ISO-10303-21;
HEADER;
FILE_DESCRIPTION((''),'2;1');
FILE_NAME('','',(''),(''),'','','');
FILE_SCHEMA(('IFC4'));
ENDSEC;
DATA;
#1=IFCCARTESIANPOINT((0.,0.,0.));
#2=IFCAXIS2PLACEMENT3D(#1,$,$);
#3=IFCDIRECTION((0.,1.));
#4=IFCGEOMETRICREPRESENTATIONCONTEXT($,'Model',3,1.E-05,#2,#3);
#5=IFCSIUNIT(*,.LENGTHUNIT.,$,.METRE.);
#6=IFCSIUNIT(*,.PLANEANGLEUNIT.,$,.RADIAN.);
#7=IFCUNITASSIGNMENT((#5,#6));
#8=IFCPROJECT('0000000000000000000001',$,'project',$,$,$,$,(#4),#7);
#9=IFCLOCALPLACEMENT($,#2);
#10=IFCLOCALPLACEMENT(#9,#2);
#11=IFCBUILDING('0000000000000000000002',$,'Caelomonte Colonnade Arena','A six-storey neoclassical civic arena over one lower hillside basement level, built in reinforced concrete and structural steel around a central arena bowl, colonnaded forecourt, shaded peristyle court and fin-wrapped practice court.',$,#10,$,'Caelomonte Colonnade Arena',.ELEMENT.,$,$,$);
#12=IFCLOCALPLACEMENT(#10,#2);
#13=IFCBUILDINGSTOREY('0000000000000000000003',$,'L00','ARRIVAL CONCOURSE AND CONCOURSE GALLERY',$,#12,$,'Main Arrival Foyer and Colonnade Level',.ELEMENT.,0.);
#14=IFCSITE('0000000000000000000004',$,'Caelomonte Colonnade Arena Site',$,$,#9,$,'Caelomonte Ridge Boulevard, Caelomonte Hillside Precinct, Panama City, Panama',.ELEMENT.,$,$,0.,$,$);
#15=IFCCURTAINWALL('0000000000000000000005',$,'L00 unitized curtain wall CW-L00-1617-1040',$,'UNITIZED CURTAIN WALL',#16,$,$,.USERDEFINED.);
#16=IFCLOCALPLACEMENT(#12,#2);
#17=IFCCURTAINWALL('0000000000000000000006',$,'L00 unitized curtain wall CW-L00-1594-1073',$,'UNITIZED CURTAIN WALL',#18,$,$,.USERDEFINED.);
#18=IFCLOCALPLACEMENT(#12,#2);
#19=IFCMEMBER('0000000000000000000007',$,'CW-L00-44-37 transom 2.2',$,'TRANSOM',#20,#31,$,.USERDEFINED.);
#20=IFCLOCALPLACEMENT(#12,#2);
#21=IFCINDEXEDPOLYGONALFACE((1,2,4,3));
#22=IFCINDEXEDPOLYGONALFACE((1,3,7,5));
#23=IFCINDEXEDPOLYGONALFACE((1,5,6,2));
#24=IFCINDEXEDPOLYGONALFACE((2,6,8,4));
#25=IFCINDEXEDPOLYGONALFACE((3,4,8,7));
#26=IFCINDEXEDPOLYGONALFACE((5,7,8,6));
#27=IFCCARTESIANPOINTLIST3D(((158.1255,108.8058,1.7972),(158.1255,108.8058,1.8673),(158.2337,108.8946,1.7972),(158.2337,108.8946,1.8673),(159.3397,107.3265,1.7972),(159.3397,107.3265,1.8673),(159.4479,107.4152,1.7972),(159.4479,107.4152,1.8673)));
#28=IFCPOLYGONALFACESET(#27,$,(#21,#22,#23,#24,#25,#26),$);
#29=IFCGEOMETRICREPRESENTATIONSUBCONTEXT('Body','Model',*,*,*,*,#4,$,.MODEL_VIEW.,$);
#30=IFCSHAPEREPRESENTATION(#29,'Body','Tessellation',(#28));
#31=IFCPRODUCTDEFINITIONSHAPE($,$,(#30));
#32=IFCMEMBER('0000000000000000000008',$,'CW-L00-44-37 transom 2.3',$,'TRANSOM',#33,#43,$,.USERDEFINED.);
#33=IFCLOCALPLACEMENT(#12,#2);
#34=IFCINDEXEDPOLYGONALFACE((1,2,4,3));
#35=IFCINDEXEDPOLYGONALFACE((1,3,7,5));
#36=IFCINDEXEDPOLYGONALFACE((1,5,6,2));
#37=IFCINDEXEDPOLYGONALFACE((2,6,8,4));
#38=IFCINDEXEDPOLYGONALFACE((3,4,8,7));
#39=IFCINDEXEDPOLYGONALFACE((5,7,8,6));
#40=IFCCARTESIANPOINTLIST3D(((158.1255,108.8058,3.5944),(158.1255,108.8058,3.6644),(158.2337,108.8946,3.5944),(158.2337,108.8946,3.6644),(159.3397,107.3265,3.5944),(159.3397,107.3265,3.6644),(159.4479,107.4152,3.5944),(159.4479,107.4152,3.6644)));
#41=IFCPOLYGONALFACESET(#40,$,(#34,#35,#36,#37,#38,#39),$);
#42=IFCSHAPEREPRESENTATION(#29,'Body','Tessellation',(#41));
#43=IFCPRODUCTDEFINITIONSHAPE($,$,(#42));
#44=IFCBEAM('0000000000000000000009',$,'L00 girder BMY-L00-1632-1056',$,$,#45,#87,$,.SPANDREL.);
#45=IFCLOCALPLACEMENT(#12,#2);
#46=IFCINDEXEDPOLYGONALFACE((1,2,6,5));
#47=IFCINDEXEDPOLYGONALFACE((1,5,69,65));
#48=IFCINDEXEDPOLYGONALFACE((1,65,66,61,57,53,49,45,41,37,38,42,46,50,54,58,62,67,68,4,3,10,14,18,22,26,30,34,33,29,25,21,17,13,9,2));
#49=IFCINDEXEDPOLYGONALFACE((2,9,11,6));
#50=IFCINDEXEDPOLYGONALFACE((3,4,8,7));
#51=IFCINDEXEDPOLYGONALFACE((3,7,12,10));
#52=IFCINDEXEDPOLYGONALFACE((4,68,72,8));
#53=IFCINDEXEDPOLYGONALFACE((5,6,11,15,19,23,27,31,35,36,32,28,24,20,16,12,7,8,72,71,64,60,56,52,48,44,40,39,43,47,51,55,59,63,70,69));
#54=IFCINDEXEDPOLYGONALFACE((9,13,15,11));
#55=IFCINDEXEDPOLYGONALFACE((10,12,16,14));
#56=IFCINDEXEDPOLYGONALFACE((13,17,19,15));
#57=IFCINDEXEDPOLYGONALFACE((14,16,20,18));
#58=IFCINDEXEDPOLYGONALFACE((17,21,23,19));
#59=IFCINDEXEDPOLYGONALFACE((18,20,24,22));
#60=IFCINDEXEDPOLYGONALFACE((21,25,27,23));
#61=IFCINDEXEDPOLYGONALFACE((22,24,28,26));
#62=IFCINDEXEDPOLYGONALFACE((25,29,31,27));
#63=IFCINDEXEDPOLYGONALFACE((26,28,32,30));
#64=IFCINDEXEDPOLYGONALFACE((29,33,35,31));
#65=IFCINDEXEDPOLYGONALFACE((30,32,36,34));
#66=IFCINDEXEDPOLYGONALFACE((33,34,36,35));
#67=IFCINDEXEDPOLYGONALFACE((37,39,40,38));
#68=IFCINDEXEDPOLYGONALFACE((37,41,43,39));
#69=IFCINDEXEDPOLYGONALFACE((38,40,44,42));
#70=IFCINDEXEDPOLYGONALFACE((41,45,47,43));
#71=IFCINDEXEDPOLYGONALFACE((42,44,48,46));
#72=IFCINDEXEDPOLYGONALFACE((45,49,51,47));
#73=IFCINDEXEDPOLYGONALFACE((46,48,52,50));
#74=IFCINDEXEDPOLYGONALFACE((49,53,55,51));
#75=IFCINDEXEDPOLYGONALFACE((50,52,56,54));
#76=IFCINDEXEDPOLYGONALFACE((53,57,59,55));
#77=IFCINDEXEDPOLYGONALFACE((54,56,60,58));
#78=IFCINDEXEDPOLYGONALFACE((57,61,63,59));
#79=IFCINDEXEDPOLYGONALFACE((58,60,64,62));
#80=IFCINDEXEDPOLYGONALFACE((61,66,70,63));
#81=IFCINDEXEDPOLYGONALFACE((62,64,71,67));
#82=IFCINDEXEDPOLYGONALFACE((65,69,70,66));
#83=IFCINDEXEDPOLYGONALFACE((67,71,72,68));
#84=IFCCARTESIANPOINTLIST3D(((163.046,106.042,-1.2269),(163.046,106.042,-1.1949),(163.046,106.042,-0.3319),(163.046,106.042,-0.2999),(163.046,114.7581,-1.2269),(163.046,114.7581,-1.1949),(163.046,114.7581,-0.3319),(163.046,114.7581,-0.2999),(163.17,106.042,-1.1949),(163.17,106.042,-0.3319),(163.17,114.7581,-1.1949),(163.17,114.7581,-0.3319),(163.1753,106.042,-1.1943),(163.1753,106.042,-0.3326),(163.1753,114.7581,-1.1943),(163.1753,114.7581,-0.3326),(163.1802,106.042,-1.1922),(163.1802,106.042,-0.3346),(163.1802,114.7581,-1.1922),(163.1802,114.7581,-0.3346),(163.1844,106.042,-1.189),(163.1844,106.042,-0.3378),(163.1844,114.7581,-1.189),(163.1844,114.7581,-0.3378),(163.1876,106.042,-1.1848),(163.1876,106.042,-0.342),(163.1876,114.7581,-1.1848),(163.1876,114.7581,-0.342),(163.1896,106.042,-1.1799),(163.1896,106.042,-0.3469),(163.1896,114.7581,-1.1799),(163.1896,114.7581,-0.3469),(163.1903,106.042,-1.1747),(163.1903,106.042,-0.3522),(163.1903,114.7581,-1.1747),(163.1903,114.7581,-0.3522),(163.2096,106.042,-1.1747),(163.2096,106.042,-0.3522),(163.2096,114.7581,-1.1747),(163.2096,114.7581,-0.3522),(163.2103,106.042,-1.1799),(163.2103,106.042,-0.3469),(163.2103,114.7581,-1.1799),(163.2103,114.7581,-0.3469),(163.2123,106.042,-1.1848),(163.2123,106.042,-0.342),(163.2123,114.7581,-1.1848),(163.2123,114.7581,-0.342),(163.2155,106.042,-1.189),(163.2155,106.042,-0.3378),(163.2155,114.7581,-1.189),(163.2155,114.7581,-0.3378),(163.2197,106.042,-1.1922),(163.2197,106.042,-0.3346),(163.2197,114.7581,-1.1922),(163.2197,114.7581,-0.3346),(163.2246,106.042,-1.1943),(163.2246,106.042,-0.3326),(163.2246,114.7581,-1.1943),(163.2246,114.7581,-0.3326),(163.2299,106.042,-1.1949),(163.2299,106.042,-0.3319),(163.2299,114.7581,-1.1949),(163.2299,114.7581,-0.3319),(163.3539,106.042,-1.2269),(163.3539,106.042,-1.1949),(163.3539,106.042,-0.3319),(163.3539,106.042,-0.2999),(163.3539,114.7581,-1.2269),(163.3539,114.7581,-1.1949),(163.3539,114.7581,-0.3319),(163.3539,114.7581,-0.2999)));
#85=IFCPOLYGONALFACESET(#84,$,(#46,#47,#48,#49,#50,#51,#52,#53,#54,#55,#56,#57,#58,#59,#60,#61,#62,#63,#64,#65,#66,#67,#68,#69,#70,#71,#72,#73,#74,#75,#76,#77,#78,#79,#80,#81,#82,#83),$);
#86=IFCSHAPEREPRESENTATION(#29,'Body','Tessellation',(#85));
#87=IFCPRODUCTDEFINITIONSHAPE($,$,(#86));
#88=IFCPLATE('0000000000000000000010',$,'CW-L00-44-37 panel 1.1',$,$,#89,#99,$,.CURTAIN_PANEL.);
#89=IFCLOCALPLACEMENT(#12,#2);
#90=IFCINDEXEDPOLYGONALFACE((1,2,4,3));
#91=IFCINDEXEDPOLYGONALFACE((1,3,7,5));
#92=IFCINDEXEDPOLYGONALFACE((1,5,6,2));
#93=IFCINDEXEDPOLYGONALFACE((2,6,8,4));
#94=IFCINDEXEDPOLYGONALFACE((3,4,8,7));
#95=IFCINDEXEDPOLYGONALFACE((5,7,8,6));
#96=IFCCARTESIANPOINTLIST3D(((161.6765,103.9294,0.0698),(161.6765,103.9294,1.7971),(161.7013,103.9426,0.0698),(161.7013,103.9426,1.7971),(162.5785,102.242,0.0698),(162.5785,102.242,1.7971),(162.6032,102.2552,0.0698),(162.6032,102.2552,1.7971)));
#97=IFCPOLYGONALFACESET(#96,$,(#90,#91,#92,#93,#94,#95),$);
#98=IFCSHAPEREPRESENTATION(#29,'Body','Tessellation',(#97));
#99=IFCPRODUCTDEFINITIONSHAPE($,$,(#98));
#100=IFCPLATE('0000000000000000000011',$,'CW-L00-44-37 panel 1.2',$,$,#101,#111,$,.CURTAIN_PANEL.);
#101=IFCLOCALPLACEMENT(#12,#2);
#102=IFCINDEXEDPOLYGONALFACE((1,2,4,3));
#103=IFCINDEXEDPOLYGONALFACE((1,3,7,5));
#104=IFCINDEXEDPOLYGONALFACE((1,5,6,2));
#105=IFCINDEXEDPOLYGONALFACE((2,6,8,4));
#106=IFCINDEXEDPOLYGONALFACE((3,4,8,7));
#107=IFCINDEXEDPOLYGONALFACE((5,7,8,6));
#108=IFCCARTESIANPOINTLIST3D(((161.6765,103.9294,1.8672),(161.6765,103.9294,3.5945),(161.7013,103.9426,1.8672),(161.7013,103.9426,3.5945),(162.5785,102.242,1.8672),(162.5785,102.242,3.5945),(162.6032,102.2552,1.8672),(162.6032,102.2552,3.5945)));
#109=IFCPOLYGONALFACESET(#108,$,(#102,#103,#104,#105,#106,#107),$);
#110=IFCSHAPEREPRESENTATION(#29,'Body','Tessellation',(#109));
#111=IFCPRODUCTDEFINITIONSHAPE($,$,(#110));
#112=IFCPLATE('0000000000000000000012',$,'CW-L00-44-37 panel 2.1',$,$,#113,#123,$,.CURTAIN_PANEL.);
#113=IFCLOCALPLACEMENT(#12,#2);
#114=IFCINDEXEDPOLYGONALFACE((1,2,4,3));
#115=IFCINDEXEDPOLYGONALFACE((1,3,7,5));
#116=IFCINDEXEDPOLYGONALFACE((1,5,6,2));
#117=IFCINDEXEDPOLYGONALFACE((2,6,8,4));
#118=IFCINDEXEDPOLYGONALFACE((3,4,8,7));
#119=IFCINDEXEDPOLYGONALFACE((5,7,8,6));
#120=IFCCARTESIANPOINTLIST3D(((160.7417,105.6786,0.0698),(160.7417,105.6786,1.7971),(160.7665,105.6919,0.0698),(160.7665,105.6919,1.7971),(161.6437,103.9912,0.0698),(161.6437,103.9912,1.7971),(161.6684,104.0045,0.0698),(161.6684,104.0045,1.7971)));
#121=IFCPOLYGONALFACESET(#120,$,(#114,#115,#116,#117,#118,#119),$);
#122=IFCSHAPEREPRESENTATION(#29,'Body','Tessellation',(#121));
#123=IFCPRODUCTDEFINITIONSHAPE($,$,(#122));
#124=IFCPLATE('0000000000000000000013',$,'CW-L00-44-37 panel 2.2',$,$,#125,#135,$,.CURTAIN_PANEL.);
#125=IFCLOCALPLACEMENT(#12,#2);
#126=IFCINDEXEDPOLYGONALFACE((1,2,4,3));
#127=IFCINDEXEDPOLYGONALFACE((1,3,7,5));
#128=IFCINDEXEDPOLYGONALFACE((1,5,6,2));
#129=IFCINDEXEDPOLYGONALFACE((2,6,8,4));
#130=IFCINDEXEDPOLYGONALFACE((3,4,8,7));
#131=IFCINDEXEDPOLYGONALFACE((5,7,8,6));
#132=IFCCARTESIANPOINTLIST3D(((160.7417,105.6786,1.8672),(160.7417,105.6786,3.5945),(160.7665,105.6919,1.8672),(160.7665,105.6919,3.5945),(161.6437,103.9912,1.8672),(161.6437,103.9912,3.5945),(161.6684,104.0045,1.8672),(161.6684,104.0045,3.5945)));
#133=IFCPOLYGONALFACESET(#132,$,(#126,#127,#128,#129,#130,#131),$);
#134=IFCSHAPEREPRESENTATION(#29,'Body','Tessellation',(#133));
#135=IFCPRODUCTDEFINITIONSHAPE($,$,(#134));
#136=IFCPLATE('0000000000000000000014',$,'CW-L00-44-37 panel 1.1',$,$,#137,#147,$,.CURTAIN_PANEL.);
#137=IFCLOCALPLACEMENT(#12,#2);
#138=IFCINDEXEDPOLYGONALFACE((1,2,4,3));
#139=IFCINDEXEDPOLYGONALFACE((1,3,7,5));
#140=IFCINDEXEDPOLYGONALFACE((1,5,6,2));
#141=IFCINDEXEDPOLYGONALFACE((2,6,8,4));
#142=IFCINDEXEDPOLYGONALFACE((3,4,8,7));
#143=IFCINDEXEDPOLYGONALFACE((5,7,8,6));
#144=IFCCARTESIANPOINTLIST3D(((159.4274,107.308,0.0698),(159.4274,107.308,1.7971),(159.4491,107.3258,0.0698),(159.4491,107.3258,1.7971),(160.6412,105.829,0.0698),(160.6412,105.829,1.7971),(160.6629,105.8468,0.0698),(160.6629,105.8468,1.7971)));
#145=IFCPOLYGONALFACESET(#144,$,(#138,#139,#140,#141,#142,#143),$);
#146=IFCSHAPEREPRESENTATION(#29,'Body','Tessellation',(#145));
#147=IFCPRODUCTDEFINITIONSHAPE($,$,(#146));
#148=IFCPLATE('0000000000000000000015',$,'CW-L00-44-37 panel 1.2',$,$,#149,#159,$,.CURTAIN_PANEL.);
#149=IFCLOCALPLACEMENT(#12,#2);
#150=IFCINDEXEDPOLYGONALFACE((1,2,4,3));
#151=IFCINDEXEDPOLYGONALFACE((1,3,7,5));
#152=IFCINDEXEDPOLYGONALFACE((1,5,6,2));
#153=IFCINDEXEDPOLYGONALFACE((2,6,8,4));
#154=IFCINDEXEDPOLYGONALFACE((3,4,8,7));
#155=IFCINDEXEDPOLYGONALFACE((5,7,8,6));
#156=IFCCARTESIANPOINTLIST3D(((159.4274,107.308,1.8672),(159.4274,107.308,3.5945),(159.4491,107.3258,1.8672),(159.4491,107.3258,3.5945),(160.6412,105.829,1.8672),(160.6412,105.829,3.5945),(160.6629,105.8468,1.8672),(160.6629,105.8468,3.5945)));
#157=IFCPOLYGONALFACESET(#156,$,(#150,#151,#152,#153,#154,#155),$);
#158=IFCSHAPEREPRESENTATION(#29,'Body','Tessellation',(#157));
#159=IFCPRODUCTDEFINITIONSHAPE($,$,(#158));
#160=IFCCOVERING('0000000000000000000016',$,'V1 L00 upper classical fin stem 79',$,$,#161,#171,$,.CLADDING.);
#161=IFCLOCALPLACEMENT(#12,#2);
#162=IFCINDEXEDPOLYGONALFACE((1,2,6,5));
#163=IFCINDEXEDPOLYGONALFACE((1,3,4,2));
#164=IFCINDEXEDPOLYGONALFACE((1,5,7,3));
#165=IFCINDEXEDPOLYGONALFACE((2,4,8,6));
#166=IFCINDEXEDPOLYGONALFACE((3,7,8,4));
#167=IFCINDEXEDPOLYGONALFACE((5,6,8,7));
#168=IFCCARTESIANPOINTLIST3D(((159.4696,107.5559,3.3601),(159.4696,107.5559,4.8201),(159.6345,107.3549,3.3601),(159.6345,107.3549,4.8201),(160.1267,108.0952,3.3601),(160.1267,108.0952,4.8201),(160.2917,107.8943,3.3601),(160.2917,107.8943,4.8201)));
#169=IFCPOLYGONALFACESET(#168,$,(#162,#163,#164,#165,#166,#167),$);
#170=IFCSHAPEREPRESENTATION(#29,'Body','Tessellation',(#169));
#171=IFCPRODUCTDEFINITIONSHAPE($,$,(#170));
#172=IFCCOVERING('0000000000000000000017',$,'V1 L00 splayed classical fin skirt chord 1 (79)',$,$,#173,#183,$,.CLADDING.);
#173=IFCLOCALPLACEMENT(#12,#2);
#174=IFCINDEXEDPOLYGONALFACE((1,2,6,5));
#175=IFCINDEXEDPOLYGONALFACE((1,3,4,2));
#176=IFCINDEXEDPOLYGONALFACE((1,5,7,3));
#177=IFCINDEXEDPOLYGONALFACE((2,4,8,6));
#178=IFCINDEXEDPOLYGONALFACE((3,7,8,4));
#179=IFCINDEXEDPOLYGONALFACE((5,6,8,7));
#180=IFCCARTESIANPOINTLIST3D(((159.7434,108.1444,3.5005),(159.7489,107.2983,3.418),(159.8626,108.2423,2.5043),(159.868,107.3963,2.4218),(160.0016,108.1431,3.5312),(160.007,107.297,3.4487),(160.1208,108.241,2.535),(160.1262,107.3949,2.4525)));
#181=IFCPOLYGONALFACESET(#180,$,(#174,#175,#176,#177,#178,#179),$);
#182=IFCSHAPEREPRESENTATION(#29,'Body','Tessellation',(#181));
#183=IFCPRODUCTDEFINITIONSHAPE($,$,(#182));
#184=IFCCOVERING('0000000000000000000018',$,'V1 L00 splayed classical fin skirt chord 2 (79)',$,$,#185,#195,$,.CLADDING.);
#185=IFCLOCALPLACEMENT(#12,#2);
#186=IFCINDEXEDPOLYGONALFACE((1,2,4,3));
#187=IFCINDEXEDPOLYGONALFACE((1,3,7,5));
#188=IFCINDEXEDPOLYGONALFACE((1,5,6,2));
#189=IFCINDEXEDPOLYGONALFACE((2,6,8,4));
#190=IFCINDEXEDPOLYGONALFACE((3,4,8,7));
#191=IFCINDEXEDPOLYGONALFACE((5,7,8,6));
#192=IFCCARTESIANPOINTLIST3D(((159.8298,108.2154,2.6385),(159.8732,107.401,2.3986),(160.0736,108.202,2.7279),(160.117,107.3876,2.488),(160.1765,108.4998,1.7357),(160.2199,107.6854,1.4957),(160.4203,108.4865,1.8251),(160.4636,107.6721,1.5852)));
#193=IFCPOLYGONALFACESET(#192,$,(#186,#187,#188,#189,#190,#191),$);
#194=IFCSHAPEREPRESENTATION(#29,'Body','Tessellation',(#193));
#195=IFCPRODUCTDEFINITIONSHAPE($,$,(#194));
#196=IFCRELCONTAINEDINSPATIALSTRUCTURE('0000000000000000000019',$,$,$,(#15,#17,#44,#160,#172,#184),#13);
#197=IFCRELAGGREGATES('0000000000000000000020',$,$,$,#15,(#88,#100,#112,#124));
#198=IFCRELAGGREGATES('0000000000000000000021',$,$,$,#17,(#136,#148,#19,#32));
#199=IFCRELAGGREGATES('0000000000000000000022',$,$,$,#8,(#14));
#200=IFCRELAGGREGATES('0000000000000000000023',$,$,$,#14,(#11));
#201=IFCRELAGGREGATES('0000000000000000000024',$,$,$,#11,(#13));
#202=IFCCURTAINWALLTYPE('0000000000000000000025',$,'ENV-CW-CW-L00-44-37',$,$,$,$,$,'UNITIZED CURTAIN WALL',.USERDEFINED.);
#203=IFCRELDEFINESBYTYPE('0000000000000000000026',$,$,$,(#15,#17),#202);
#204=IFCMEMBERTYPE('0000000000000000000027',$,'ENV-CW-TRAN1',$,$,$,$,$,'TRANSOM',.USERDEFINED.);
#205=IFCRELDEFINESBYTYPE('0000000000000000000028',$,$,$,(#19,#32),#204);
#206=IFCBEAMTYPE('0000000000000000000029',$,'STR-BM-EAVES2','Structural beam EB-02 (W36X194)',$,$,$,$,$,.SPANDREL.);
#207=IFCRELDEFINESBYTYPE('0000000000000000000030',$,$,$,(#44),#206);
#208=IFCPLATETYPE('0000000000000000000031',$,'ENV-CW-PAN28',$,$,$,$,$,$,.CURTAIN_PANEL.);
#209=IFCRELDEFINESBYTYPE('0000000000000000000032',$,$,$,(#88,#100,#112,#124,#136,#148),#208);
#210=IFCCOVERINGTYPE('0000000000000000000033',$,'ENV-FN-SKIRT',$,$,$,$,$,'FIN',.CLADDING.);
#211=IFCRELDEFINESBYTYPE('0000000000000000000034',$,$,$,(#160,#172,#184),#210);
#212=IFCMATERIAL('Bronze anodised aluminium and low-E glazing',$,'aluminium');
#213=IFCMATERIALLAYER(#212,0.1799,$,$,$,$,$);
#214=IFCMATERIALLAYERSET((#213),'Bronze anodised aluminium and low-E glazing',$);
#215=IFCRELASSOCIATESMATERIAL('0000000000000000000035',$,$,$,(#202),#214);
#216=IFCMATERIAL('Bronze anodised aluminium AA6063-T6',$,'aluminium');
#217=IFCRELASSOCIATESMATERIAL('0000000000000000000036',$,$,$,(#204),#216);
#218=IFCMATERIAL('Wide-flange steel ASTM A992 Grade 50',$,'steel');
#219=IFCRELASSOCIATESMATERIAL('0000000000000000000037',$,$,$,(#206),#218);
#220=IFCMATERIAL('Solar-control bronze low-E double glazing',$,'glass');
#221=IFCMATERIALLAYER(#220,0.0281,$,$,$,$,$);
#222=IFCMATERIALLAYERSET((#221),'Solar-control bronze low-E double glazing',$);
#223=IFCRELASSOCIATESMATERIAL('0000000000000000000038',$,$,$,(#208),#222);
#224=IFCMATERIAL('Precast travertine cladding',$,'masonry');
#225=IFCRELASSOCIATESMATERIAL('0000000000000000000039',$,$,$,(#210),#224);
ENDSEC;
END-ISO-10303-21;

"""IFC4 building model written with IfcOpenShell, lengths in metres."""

from ifc_helpers import new_model, si_unit, direction, frame, origin, origin_2d, place, context, subcontext, project, spatial, rectangle, i_section, extrude, material, layer, layer_set, material_profile, profile_set, type_object, element, aggregate, save


model = new_model("IFC4")

# Units and contexts
model_context = context("Model", 3, precision=1e-05, world=origin(), true_north=direction((0.0, 1.0)))
body_context = subcontext(model_context, "Body", "Model", "MODEL_VIEW")
ifc_project = project(units=[si_unit("LENGTHUNIT", "METRE"), si_unit("PLANEANGLEUNIT", "RADIAN")], contexts=[model_context])

# Site, building, storey
site_placement = place(None, origin())
site = spatial("IfcSite", under=ifc_project, at=site_placement, Name="Caelomonte Colonnade Arena Site", LongName="Caelomonte Ridge Boulevard, Caelomonte Hillside Precinct, Panama City, Panama", CompositionType="ELEMENT", RefElevation=0.0)
building_placement = place(site_placement, origin())
building = spatial("IfcBuilding", under=site, at=building_placement, Name="Caelomonte Colonnade Arena", Description="A six-storey neoclassical civic arena over one lower hillside basement level, built in reinforced concrete and structural steel around a central arena bowl, colonnaded forecourt, shaded peristyle court and fin-wrapped practice court.", LongName="Caelomonte Colonnade Arena", CompositionType="ELEMENT")
storey_placement = place(building_placement, origin())
storey = spatial("IfcBuildingStorey", under=building, at=storey_placement, Name="L00", Description="ARRIVAL CONCOURSE AND CONCOURSE GALLERY", LongName="Main Arrival Foyer and Colonnade Level", CompositionType="ELEMENT", Elevation=0.0)

# Curtain walls
ifc_material_1 = material(Name="Bronze anodised aluminium and low-E glazing", Category="aluminium")
ifc_layer_1 = layer(ifc_material_1, 0.1799)
ifc_layer_set_1 = layer_set([ifc_layer_1], Name="Bronze anodised aluminium and low-E glazing")
curtain_wall_type_1 = type_object("IfcCurtainWallType", Name="ENV-CW-CW-L00-44-37", ElementType="UNITIZED CURTAIN WALL", PredefinedType="USERDEFINED", material=ifc_layer_set_1)
curtain_wall_1_placement = place(storey_placement, origin())
curtain_wall_1 = element("IfcCurtainWall", 1, at=curtain_wall_1_placement, inside=storey, type_object=curtain_wall_type_1, Name="L00 unitized curtain wall CW-L00-1617-1040", ObjectType="UNITIZED CURTAIN WALL", PredefinedType="USERDEFINED")
ifc_material_2 = material(Name="Bronze anodised aluminium AA6063-T6", Category="aluminium")
curtain_wall_2_placement = place(storey_placement, origin())
curtain_wall_2 = element("IfcCurtainWall", 2, at=curtain_wall_2_placement, inside=storey, type_object=curtain_wall_type_1, Name="L00 unitized curtain wall CW-L00-1594-1073", ObjectType="UNITIZED CURTAIN WALL", PredefinedType="USERDEFINED")
ifc_material_profile_1 = material_profile(ifc_material_2, rectangle(XDim=0.0701, YDim=0.1399, at=origin_2d()), Name="CWT-70X140")
ifc_profile_set_1 = profile_set([ifc_material_profile_1], Name="Bronze anodised aluminium AA6063-T6")
member_type_1 = type_object("IfcMemberType", Name="ENV-CW-TRAN1", ElementType="TRANSOM", PredefinedType="USERDEFINED", material=ifc_profile_set_1)

# Members
member_1_placement = place(storey_placement, frame((159.3938, 107.3708, 1.8323), z_axis=(-0.634432, 0.772979, 0.0), x_axis=(0.0, 0.0, 1.0)))
member_1 = element("IfcMember", 3, at=member_1_placement, type_object=member_type_1, Name="CW-L00-44-37 transom 2.2", ObjectType="TRANSOM", PredefinedType="USERDEFINED", context=body_context, shape_type="SweptSolid", body=[
    extrude(rectangle(XDim=0.0701, YDim=0.1399, at=origin_2d()), origin(), (0.0, 0.0, 1.0), 1.9138),
])
member_2_placement = place(storey_placement, frame((159.3938, 107.3708, 3.6294), z_axis=(-0.634432, 0.772979, 0.0), x_axis=(0.0, 0.0, 1.0)))
member_2 = element("IfcMember", 4, at=member_2_placement, type_object=member_type_1, Name="CW-L00-44-37 transom 2.3", ObjectType="TRANSOM", PredefinedType="USERDEFINED", context=body_context, shape_type="SweptSolid", body=[
    extrude(rectangle(XDim=0.0701, YDim=0.1399, at=origin_2d()), origin(), (0.0, 0.0, 1.0), 1.9138),
])

# Beam
ifc_material_3 = material(Name="Wide-flange steel ASTM A992 Grade 50", Category="steel")
ifc_material_profile_2 = material_profile(ifc_material_3, i_section(OverallWidth=0.3079, OverallDepth=0.927, WebThickness=0.0193, FlangeThickness=0.032, FilletRadius=0.0203, at=origin_2d()), Name="W36X194")
ifc_profile_set_2 = profile_set([ifc_material_profile_2], Name="Wide-flange steel ASTM A992 Grade 50")
beam_type = type_object("IfcBeamType", Name="STR-BM-EAVES2", Description="Structural beam EB-02 (W36X194)", PredefinedType="SPANDREL", material=ifc_profile_set_2)
beam_placement = place(storey_placement, frame((163.2, 106.042, -0.7634), z_axis=(0.0, 1.0, 0.0), x_axis=(-1.0, 0.0, 0.0)))
element("IfcBeam", 5, at=beam_placement, inside=storey, type_object=beam_type, Name="L00 girder BMY-L00-1632-1056", PredefinedType="SPANDREL", context=body_context, shape_type="SweptSolid", body=[
    extrude(i_section(OverallWidth=0.3079, OverallDepth=0.927, WebThickness=0.0193, FlangeThickness=0.032, FilletRadius=0.0203, at=origin_2d()), origin(), (0.0, 0.0, 1.0), 8.7161),
])

# Plates
ifc_material_4 = material(Name="Solar-control bronze low-E double glazing", Category="glass")
ifc_layer_2 = layer(ifc_material_4, 0.0281)
ifc_layer_set_2 = layer_set([ifc_layer_2], Name="Solar-control bronze low-E double glazing")
plate_type = type_object("IfcPlateType", Name="ENV-CW-PAN28", PredefinedType="CURTAIN_PANEL", material=ifc_layer_set_2)
plate_1_placement = place(storey_placement, frame((162.1399, 103.0923, 0.0698), z_axis=(0.0, 0.0, 1.0), x_axis=(-0.471394, 0.881923, 0.0)))
plate_1 = element("IfcPlate", 6, at=plate_1_placement, type_object=plate_type, Name="CW-L00-44-37 panel 1.1", PredefinedType="CURTAIN_PANEL", context=body_context, shape_type="SweptSolid", body=[
    extrude(rectangle(XDim=1.9133, YDim=0.0281, at=origin_2d()), origin(), (0.0, 0.0, 1.0), 1.7273),
])
plate_2_placement = place(storey_placement, frame((162.1399, 103.0923, 1.8672), z_axis=(0.0, 0.0, 1.0), x_axis=(-0.471394, 0.881923, 0.0)))
plate_2 = element("IfcPlate", 7, at=plate_2_placement, type_object=plate_type, Name="CW-L00-44-37 panel 1.2", PredefinedType="CURTAIN_PANEL", context=body_context, shape_type="SweptSolid", body=[
    extrude(rectangle(XDim=1.9133, YDim=0.0281, at=origin_2d()), origin(), (0.0, 0.0, 1.0), 1.7273),
])
plate_3_placement = place(storey_placement, frame((161.2051, 104.8416, 0.0698), z_axis=(0.0, 0.0, 1.0), x_axis=(-0.471394, 0.881923, 0.0)))
plate_3 = element("IfcPlate", 8, at=plate_3_placement, type_object=plate_type, Name="CW-L00-44-37 panel 2.1", PredefinedType="CURTAIN_PANEL", context=body_context, shape_type="SweptSolid", body=[
    extrude(rectangle(XDim=1.9133, YDim=0.0281, at=origin_2d()), origin(), (0.0, 0.0, 1.0), 1.7273),
])
plate_4_placement = place(storey_placement, frame((161.2051, 104.8416, 1.8672), z_axis=(0.0, 0.0, 1.0), x_axis=(-0.471394, 0.881923, 0.0)))
plate_4 = element("IfcPlate", 9, at=plate_4_placement, type_object=plate_type, Name="CW-L00-44-37 panel 2.2", PredefinedType="CURTAIN_PANEL", context=body_context, shape_type="SweptSolid", body=[
    extrude(rectangle(XDim=1.9133, YDim=0.0281, at=origin_2d()), origin(), (0.0, 0.0, 1.0), 1.7273),
])
aggregate(curtain_wall_1, [plate_1, plate_2, plate_3, plate_4])
plate_5_placement = place(storey_placement, frame((160.0452, 106.5774, 0.0698), z_axis=(0.0, 0.0, 1.0), x_axis=(-0.634416, 0.772992, 0.0)))
plate_5 = element("IfcPlate", 10, at=plate_5_placement, type_object=plate_type, Name="CW-L00-44-37 panel 1.1", PredefinedType="CURTAIN_PANEL", context=body_context, shape_type="SweptSolid", body=[
    extrude(rectangle(XDim=1.9133, YDim=0.0281, at=origin_2d()), origin(), (0.0, 0.0, 1.0), 1.7273),
])
plate_6_placement = place(storey_placement, frame((160.0452, 106.5774, 1.8672), z_axis=(0.0, 0.0, 1.0), x_axis=(-0.634416, 0.772992, 0.0)))
plate_6 = element("IfcPlate", 11, at=plate_6_placement, type_object=plate_type, Name="CW-L00-44-37 panel 1.2", PredefinedType="CURTAIN_PANEL", context=body_context, shape_type="SweptSolid", body=[
    extrude(rectangle(XDim=1.9133, YDim=0.0281, at=origin_2d()), origin(), (0.0, 0.0, 1.0), 1.7273),
])
aggregate(curtain_wall_2, [plate_5, plate_6, member_1, member_2])

# Coverings
ifc_material_5 = material(Name="Precast travertine cladding", Category="masonry")
ifc_material_profile_3 = material_profile(ifc_material_5, rectangle(XDim=0.26, YDim=0.8501, at=origin_2d()), Name="FIN260X850")
ifc_profile_set_3 = profile_set([ifc_material_profile_3], Name="Precast travertine cladding")
covering_type = type_object("IfcCoveringType", Name="ENV-FN-SKIRT", ElementType="FIN", PredefinedType="CLADDING", material=ifc_profile_set_3)
covering_placement = place(storey_placement, frame((159.8806, 107.7251, 3.3601), z_axis=(0.0, 0.0, 1.0), x_axis=(0.634414, -0.772994, 0.0)))
element("IfcCovering", 12, at=covering_placement, inside=storey, type_object=covering_type, Name="V1 L00 upper classical fin stem 79", PredefinedType="CLADDING", context=body_context, shape_type="SweptSolid", body=[
    extrude(rectangle(XDim=0.26, YDim=0.8501, at=origin_2d()), origin(), (0.0, 0.0, 1.0), 1.46),
])
for number, where, z_axis, x_axis, name in (
    (13, (159.8752, 107.7207, 3.4746), (0.1182, 0.097127, -0.988228), (-0.992969, 0.005181, -0.118258), "V1 L00 splayed classical fin skirt chord 1 (79)"),
    (14, (159.9734, 107.8015, 2.5632), (0.343907, 0.282149, -0.895611), (-0.937617, 0.05136, -0.343856), "V1 L00 splayed classical fin skirt chord 2 (79)"),
):
    element("IfcCovering", number, at=place(storey_placement, frame(where, z_axis=z_axis, x_axis=x_axis)), inside=storey, type_object=covering_type, Name=name, PredefinedType="CLADDING", context=body_context, shape_type="SweptSolid", body=[
        extrude(rectangle(XDim=0.26, YDim=0.8501, at=origin_2d()), origin(), (0.0, 0.0, 1.0), 1.0081),
    ])

save(model, "model.ifc")
